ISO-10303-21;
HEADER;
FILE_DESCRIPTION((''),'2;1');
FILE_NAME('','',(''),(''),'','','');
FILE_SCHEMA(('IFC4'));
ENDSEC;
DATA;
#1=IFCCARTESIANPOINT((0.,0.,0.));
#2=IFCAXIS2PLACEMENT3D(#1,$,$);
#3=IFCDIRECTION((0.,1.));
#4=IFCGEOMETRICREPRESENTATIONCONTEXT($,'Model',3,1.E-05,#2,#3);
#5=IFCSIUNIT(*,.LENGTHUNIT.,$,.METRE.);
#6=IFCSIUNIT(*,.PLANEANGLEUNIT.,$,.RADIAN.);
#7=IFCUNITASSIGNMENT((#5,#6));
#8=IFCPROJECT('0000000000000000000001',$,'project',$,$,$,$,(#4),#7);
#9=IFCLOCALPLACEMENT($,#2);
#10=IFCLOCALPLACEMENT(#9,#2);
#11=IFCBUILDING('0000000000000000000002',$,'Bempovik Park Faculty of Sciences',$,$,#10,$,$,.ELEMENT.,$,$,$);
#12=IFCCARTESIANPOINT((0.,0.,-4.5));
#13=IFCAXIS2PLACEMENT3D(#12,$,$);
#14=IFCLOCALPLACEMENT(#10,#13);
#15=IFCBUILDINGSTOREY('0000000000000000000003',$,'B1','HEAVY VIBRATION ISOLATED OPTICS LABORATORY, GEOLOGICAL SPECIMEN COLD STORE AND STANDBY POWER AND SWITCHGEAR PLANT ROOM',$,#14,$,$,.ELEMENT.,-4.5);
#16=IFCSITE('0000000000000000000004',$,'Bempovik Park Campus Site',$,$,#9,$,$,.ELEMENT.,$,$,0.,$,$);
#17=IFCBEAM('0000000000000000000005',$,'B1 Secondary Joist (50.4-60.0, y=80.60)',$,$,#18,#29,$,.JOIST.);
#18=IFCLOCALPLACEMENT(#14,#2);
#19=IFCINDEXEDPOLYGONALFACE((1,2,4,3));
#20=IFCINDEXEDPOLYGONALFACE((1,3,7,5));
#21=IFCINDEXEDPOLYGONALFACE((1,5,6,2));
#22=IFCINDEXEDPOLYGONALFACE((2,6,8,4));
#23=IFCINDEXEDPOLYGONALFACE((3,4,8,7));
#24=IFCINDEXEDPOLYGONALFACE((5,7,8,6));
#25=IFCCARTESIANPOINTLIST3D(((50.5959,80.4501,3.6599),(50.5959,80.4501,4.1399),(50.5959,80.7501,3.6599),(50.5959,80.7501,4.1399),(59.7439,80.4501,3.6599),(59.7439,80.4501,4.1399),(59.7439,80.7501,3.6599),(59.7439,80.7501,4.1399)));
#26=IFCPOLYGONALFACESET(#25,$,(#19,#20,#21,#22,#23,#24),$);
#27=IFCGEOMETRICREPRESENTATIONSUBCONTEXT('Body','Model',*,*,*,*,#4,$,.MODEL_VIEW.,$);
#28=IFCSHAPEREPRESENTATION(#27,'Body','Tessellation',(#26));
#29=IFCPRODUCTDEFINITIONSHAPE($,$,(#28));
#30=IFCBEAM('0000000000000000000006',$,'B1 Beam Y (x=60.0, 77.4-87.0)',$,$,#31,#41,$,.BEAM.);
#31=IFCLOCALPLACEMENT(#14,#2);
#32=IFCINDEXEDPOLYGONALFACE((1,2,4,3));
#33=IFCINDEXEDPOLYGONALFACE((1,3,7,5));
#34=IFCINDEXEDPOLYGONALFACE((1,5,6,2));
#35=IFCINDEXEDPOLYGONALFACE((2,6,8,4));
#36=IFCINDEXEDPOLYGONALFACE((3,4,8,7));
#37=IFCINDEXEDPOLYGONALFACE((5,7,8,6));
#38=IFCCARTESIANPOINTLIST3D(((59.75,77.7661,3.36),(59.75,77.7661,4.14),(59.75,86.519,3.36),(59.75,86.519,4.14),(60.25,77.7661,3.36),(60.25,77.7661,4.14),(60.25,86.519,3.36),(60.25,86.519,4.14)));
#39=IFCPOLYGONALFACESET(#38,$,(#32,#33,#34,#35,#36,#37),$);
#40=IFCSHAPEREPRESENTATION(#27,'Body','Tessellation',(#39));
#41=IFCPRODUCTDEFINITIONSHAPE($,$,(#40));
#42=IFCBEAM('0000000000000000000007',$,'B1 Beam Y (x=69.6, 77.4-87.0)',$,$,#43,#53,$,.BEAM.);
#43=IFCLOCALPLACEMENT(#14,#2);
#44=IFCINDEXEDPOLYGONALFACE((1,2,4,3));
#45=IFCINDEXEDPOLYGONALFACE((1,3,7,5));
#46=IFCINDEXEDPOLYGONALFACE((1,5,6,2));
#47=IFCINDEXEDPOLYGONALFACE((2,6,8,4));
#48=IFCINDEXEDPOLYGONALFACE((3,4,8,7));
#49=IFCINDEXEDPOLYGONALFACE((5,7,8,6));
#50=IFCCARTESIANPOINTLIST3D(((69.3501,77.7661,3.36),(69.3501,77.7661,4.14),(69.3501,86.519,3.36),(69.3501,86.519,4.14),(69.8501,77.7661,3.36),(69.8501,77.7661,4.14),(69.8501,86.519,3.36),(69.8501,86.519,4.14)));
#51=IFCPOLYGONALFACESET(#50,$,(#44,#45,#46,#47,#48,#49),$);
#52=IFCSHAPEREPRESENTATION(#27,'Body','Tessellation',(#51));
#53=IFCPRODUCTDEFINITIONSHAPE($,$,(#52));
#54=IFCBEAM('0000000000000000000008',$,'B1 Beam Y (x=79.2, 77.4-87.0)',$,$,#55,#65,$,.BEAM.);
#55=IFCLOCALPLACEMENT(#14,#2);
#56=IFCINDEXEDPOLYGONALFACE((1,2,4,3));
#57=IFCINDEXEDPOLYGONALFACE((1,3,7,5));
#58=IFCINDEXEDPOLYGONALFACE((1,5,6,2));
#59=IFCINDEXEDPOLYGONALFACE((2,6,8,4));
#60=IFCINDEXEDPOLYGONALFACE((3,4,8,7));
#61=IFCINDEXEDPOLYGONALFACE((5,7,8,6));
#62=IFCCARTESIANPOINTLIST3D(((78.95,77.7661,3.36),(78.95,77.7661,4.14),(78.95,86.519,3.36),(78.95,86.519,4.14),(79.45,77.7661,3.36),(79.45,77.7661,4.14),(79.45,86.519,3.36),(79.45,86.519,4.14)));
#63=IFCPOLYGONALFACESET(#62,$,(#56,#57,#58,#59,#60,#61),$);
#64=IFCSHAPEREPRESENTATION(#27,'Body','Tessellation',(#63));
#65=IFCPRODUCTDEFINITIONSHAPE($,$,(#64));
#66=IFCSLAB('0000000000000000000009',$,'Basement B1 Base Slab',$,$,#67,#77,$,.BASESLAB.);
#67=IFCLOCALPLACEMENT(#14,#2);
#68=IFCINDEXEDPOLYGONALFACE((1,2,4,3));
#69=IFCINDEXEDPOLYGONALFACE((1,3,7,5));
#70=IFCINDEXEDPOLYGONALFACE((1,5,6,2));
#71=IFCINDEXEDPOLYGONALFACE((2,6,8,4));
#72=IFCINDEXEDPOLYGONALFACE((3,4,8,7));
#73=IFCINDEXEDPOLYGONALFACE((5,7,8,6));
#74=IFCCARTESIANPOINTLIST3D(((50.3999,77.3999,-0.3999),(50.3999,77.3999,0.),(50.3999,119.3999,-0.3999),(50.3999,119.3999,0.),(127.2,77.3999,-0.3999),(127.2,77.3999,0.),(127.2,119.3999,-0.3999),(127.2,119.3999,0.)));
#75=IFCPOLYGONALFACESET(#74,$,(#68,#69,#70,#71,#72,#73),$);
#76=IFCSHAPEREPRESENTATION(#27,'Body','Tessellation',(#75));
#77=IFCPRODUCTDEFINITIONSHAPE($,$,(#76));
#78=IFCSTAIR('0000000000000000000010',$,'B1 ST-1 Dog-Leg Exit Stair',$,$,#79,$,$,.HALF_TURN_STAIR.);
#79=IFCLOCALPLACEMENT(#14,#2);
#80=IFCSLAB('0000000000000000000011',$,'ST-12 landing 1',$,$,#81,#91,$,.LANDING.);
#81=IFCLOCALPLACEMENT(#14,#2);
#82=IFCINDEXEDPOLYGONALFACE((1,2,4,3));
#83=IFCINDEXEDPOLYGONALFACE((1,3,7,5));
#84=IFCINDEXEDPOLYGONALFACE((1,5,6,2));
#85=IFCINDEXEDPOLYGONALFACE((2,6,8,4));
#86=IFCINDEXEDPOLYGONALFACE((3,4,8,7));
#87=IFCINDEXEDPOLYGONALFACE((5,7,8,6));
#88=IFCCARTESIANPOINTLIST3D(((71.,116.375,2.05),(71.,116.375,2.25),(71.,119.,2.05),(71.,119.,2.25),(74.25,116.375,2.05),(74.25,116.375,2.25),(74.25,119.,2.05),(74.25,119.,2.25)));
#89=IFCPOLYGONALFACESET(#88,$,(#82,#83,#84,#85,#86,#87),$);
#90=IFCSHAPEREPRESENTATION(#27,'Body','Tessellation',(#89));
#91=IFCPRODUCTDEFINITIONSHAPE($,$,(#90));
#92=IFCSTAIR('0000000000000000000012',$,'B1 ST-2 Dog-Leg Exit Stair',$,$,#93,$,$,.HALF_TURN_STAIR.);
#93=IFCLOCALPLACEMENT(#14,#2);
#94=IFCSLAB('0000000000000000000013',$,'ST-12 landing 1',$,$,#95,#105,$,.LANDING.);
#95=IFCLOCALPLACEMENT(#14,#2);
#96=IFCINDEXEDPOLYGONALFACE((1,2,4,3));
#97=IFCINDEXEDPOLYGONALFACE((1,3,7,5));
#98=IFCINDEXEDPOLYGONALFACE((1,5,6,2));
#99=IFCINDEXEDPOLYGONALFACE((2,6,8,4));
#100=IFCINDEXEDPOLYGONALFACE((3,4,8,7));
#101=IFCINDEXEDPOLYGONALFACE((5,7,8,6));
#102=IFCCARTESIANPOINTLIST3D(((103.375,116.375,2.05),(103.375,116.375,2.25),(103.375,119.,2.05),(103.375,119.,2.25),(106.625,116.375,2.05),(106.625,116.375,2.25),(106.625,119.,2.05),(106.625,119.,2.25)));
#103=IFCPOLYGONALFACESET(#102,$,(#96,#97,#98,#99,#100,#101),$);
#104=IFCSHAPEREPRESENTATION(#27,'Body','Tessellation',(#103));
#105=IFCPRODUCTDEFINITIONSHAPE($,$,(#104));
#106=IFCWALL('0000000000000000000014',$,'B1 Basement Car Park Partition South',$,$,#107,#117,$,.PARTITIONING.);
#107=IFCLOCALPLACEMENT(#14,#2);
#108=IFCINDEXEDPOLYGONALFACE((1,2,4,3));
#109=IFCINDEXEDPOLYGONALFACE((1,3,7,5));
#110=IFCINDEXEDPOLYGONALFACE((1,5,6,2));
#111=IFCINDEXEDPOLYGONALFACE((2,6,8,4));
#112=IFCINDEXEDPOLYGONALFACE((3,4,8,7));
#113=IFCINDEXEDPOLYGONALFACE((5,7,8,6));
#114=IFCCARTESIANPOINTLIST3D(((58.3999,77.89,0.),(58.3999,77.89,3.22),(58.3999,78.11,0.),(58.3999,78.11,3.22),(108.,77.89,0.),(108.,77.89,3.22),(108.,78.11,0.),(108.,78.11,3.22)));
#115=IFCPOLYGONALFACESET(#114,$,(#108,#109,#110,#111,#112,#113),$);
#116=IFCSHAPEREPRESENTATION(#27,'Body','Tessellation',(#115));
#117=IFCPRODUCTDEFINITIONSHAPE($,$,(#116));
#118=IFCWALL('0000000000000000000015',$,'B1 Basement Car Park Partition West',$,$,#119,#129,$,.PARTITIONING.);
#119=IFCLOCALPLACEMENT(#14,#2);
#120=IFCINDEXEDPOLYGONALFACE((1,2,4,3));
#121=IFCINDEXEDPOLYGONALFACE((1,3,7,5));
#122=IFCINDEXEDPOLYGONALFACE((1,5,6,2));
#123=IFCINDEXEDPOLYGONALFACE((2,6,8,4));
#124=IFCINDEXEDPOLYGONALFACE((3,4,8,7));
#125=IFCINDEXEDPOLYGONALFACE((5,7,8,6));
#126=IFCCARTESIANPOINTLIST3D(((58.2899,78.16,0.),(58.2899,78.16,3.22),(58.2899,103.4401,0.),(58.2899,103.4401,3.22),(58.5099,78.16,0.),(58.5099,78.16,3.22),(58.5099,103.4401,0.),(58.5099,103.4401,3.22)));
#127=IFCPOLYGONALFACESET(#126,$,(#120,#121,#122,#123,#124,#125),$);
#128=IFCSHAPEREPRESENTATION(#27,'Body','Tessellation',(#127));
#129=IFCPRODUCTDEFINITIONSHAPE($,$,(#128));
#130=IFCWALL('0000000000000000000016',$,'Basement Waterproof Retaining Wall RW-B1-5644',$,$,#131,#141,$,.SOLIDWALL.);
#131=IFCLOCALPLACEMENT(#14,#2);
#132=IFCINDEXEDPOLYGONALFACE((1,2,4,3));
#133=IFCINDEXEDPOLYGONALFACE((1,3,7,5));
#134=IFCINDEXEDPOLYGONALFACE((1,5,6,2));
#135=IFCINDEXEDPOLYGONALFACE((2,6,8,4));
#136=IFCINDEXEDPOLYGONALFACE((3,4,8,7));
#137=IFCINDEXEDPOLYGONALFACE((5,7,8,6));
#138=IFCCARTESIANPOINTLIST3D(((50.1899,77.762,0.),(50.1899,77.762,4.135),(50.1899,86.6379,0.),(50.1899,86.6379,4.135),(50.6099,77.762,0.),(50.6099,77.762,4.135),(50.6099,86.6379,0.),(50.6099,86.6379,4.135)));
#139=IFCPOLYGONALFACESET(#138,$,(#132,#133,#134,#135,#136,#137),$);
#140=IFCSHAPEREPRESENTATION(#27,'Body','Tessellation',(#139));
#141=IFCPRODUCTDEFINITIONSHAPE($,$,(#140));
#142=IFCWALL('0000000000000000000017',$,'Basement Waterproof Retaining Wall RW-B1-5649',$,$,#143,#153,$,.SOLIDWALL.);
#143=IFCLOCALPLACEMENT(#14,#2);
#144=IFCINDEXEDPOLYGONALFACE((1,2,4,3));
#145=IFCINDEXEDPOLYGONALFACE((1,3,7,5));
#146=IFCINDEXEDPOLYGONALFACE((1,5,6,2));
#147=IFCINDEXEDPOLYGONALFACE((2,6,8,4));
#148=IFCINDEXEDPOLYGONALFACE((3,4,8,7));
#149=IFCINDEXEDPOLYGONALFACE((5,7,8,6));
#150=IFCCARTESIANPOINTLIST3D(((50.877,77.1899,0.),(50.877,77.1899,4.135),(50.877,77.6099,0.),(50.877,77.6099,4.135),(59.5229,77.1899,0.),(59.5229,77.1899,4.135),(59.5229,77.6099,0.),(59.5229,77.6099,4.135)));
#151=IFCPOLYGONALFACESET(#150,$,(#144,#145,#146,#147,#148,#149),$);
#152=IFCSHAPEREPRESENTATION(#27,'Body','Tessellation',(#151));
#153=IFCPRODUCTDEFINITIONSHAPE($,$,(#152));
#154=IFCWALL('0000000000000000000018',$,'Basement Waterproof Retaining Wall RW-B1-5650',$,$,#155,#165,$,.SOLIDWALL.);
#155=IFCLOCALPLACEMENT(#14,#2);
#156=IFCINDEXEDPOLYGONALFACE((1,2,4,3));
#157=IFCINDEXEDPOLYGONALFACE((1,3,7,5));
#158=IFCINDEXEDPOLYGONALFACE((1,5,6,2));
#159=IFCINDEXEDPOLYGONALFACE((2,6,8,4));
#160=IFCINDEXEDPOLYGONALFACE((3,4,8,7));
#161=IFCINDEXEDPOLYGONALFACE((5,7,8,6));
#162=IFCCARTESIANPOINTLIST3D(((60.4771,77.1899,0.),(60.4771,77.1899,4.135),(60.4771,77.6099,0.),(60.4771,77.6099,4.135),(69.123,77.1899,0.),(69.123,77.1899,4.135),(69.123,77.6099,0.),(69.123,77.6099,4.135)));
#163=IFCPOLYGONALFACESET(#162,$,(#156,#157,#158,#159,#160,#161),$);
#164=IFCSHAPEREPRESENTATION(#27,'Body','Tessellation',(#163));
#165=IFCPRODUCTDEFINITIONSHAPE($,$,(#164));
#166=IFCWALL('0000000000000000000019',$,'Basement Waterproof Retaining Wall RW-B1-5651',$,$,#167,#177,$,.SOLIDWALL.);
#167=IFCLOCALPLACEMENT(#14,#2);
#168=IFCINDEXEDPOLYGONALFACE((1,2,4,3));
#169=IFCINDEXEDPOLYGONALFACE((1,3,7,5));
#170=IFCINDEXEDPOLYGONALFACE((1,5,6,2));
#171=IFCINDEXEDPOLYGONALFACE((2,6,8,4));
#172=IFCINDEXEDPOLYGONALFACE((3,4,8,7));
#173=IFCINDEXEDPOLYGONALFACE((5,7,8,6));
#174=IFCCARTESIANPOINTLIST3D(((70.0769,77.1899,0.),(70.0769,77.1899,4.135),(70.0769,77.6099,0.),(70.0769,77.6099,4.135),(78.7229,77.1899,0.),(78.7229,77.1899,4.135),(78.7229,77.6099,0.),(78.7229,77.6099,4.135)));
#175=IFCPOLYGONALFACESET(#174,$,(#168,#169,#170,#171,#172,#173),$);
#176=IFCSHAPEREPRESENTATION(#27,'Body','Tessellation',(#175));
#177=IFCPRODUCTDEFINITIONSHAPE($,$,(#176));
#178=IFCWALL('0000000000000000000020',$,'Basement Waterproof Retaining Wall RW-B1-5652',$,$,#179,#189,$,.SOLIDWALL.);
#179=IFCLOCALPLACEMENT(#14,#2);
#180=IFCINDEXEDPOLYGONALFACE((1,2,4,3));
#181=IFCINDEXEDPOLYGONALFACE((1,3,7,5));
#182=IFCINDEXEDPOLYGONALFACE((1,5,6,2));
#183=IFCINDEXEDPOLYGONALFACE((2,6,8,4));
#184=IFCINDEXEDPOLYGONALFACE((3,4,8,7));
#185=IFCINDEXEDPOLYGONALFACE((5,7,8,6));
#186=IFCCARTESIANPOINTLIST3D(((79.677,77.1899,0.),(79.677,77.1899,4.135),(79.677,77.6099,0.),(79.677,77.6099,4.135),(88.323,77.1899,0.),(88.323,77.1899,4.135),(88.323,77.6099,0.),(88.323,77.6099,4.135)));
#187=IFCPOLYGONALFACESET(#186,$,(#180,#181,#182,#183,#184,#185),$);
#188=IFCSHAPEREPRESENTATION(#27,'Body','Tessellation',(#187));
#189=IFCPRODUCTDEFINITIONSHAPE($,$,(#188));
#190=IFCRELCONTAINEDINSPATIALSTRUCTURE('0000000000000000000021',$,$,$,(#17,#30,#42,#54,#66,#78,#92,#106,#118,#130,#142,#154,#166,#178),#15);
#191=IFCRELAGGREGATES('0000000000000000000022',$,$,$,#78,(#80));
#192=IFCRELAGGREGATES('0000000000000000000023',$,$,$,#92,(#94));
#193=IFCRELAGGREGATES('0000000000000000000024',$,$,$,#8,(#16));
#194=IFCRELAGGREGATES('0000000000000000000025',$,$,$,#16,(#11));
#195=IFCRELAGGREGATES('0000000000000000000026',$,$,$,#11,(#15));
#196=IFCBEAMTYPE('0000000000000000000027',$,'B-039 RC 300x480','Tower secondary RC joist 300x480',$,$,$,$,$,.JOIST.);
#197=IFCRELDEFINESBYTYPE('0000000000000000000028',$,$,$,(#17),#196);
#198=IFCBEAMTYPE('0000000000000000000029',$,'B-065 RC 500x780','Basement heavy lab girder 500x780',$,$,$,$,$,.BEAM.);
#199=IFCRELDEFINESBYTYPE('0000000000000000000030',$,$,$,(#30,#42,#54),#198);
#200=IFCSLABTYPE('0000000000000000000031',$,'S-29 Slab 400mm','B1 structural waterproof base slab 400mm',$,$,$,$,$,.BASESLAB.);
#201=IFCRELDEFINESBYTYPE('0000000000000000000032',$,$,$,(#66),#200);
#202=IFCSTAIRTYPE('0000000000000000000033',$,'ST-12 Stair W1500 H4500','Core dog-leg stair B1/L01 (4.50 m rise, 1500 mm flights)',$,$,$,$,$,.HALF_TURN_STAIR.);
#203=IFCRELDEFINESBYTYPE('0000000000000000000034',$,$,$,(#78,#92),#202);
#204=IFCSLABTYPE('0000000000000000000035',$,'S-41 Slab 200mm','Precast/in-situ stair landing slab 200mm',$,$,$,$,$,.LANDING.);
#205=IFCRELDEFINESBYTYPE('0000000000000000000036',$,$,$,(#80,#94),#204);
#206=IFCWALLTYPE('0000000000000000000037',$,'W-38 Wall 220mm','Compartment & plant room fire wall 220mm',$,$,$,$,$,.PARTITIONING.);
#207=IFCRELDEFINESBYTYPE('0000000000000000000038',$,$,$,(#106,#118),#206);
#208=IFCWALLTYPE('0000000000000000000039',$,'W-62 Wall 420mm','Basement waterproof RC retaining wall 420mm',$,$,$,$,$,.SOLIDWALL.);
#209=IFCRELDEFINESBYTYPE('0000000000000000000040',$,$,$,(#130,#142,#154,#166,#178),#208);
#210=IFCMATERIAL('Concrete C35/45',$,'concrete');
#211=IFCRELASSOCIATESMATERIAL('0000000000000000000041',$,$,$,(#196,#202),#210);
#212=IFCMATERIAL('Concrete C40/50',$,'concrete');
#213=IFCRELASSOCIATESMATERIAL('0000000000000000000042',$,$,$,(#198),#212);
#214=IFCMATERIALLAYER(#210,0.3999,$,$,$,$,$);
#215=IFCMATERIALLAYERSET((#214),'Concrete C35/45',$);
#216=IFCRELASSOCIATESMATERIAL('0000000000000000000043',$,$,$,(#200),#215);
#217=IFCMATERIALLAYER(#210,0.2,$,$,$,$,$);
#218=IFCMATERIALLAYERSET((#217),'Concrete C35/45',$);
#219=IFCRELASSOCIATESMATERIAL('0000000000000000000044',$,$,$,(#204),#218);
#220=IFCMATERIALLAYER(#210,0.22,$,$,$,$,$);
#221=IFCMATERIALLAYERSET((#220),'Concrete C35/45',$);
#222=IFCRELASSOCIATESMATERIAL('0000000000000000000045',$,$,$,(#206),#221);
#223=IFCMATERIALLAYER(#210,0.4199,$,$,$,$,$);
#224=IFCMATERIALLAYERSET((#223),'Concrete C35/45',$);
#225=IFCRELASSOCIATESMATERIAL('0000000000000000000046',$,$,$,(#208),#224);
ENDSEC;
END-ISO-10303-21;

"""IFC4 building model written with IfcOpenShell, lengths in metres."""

from ifc_helpers import new_model, si_unit, direction, frame, frame_2d, origin, origin_2d, place, context, subcontext, project, spatial, polyline, rectangle, outline, extrude, material, layer, layer_set, material_profile, profile_set, type_object, element, aggregate, save


model = new_model("IFC4")

# Units and contexts
model_context = context("Model", 3, precision=1e-05, world=origin(), true_north=direction((0.0, 1.0)))
body_context = subcontext(model_context, "Body", "Model", "MODEL_VIEW")
ifc_project = project(units=[si_unit("LENGTHUNIT", "METRE"), si_unit("PLANEANGLEUNIT", "RADIAN")], contexts=[model_context])

# Site, building, storey
site_placement = place(None, origin())
site = spatial("IfcSite", under=ifc_project, at=site_placement, Name="Bempovik Park Campus Site", CompositionType="ELEMENT", RefElevation=0.0)
building_placement = place(site_placement, origin())
building = spatial("IfcBuilding", under=site, at=building_placement, Name="Bempovik Park Faculty of Sciences", CompositionType="ELEMENT")
storey_placement = place(building_placement, frame((0.0, 0.0, -4.5)))
storey = spatial("IfcBuildingStorey", under=building, at=storey_placement, Name="B1", Description="HEAVY VIBRATION ISOLATED OPTICS LABORATORY, GEOLOGICAL SPECIMEN COLD STORE AND STANDBY POWER AND SWITCHGEAR PLANT ROOM", CompositionType="ELEMENT", Elevation=-4.5)

# Shared definitions
ifc_material_1 = material(Name="Concrete C35/45", Category="concrete")

# Shared definitions
ifc_material_2 = material(Name="Concrete C40/50", Category="concrete")

# Beams
ifc_material_profile_1 = material_profile(ifc_material_1, rectangle(XDim=0.3, YDim=0.48, at=origin_2d()), Name="RC 300x480")
ifc_profile_set_1 = profile_set([ifc_material_profile_1], Name="Concrete C35/45")
beam_type_1 = type_object("IfcBeamType", Name="B-039 RC 300x480", Description="Tower secondary RC joist 300x480", PredefinedType="JOIST", material=ifc_profile_set_1)
beam_1_placement = place(storey_placement, frame((50.5959, 80.6001, 3.8999), z_axis=(1.0, 0.0, 0.0), x_axis=(0.0, 1.0, 0.0)))
element("IfcBeam", 1, at=beam_1_placement, inside=storey, type_object=beam_type_1, Name="B1 Secondary Joist (50.4-60.0, y=80.60)", PredefinedType="JOIST", context=body_context, shape_type="SweptSolid", body=[
    extrude(rectangle(XDim=0.3, YDim=0.48, at=origin_2d()), origin(), (0.0, 0.0, 1.0), 9.1479),
])
ifc_material_profile_2 = material_profile(ifc_material_2, rectangle(XDim=0.5, YDim=0.78, at=origin_2d()), Name="RC 500x780")
ifc_profile_set_2 = profile_set([ifc_material_profile_2], Name="Concrete C40/50")
beam_type_2 = type_object("IfcBeamType", Name="B-065 RC 500x780", Description="Basement heavy lab girder 500x780", PredefinedType="BEAM", material=ifc_profile_set_2)
for number, where, z_axis, x_axis, name in (
    (2, (60.0, 77.7661, 3.75), (0.0, 1.0, 0.0), (-1.0, 0.0, 0.0), "B1 Beam Y (x=60.0, 77.4-87.0)"),
    (3, (69.6001, 77.7661, 3.75), (0.0, 1.0, 0.0), (-1.0, 0.0, 0.0), "B1 Beam Y (x=69.6, 77.4-87.0)"),
    (4, (79.2, 77.7661, 3.75), (0.0, 1.0, 0.0), (-1.0, 0.0, 0.0), "B1 Beam Y (x=79.2, 77.4-87.0)"),
):
    element("IfcBeam", number, at=place(storey_placement, frame(where, z_axis=z_axis, x_axis=x_axis)), inside=storey, type_object=beam_type_2, Name=name, PredefinedType="BEAM", context=body_context, shape_type="SweptSolid", body=[
        extrude(rectangle(XDim=0.5, YDim=0.78, at=origin_2d()), origin(), (0.0, 0.0, 1.0), 8.7529),
    ])

# Slab
ifc_layer_1 = layer(ifc_material_1, 0.3999)
ifc_layer_set_1 = layer_set([ifc_layer_1], Name="Concrete C35/45")
slab_type_1 = type_object("IfcSlabType", Name="S-29 Slab 400mm", Description="B1 structural waterproof base slab 400mm", PredefinedType="BASESLAB", material=ifc_layer_set_1)
slab_1_placement = place(storey_placement, frame((0.0, 0.0, -0.3999)))
element("IfcSlab", 5, at=slab_1_placement, inside=storey, type_object=slab_type_1, Name="Basement B1 Base Slab", PredefinedType="BASESLAB", context=body_context, shape_type="SweptSolid", body=[
    extrude(outline(polyline([(50.3999, 77.3999), (127.2, 77.3999), (127.2, 119.3999), (50.3999, 119.3999), (50.3999, 77.3999)])), origin(), (0.0, 0.0, 1.0), 0.3999),
])

# Stairs, slabs
stair_type = type_object("IfcStairType", Name="ST-12 Stair W1500 H4500", Description="Core dog-leg stair B1/L01 (4.50 m rise, 1500 mm flights)", PredefinedType="HALF_TURN_STAIR", material=ifc_material_1)
stair_1_placement = place(storey_placement, origin())
stair_1 = element("IfcStair", 6, at=stair_1_placement, inside=storey, type_object=stair_type, Name="B1 ST-1 Dog-Leg Exit Stair", PredefinedType="HALF_TURN_STAIR")
ifc_layer_2 = layer(ifc_material_1, 0.2)
ifc_layer_set_2 = layer_set([ifc_layer_2], Name="Concrete C35/45")
slab_type_2 = type_object("IfcSlabType", Name="S-41 Slab 200mm", Description="Precast/in-situ stair landing slab 200mm", PredefinedType="LANDING", material=ifc_layer_set_2)
slab_2_placement = place(storey_placement, frame((0.0, 0.0, 2.05)))
slab_2 = element("IfcSlab", 7, at=slab_2_placement, type_object=slab_type_2, Name="ST-12 landing 1", PredefinedType="LANDING", context=body_context, shape_type="SweptSolid", body=[
    extrude(outline(polyline([(74.25, 116.375), (74.25, 119.0), (71.0, 119.0), (71.0, 116.375), (74.25, 116.375)])), origin(), (0.0, 0.0, 1.0), 0.2),
])
aggregate(stair_1, [slab_2])
stair_2_placement = place(storey_placement, origin())
stair_2 = element("IfcStair", 8, at=stair_2_placement, inside=storey, type_object=stair_type, Name="B1 ST-2 Dog-Leg Exit Stair", PredefinedType="HALF_TURN_STAIR")
slab_3_placement = place(storey_placement, frame((0.0, 0.0, 2.05)))
slab_3 = element("IfcSlab", 9, at=slab_3_placement, type_object=slab_type_2, Name="ST-12 landing 1", PredefinedType="LANDING", context=body_context, shape_type="SweptSolid", body=[
    extrude(outline(polyline([(106.625, 116.375), (106.625, 119.0), (103.375, 119.0), (103.375, 116.375), (106.625, 116.375)])), origin(), (0.0, 0.0, 1.0), 0.2),
])
aggregate(stair_2, [slab_3])

# Walls
ifc_layer_3 = layer(ifc_material_1, 0.22)
ifc_layer_set_3 = layer_set([ifc_layer_3], Name="Concrete C35/45")
wall_type_1 = type_object("IfcWallType", Name="W-38 Wall 220mm", Description="Compartment & plant room fire wall 220mm", PredefinedType="PARTITIONING", material=ifc_layer_set_3)
wall_1_placement = place(storey_placement, frame((58.3999, 78.0, 0.0), z_axis=(0.0, 0.0, 1.0), x_axis=(1.0, 0.0, 0.0)))
element("IfcWall", 10, at=wall_1_placement, inside=storey, type_object=wall_type_1, Name="B1 Basement Car Park Partition South", PredefinedType="PARTITIONING", context=body_context, shape_type="SweptSolid", body=[
    extrude(rectangle(XDim=49.6001, YDim=0.22, at=frame_2d((24.8, 0.0))), origin(), (0.0, 0.0, 1.0), 3.22),
])
wall_2_placement = place(storey_placement, frame((58.3999, 78.1599, 0.0), z_axis=(0.0, 0.0, 1.0), x_axis=(0.0, 1.0, 0.0)))
element("IfcWall", 11, at=wall_2_placement, inside=storey, type_object=wall_type_1, Name="B1 Basement Car Park Partition West", PredefinedType="PARTITIONING", context=body_context, shape_type="SweptSolid", body=[
    extrude(rectangle(XDim=25.28, YDim=0.22, at=frame_2d((12.6401, 0.0))), origin(), (0.0, 0.0, 1.0), 3.22),
])
ifc_layer_4 = layer(ifc_material_1, 0.4199)
ifc_layer_set_4 = layer_set([ifc_layer_4], Name="Concrete C35/45")
wall_type_2 = type_object("IfcWallType", Name="W-62 Wall 420mm", Description="Basement waterproof RC retaining wall 420mm", PredefinedType="SOLIDWALL", material=ifc_layer_set_4)
wall_3_placement = place(storey_placement, frame((50.3999, 77.762, 0.0), z_axis=(0.0, 0.0, 1.0), x_axis=(0.0, 1.0, 0.0)))
element("IfcWall", 12, at=wall_3_placement, inside=storey, type_object=wall_type_2, Name="Basement Waterproof Retaining Wall RW-B1-5644", PredefinedType="SOLIDWALL", context=body_context, shape_type="SweptSolid", body=[
    extrude(rectangle(XDim=8.876, YDim=0.4199, at=frame_2d((4.438, 0.0))), origin(), (0.0, 0.0, 1.0), 4.135),
])
for number, where, z_axis, x_axis, name in (
    (13, (50.877, 77.3999, 0.0), (0.0, 0.0, 1.0), (1.0, 0.0, 0.0), "Basement Waterproof Retaining Wall RW-B1-5649"),
    (14, (60.4771, 77.3999, 0.0), (0.0, 0.0, 1.0), (1.0, 0.0, 0.0), "Basement Waterproof Retaining Wall RW-B1-5650"),
    (15, (70.0769, 77.3999, 0.0), (0.0, 0.0, 1.0), (1.0, 0.0, 0.0), "Basement Waterproof Retaining Wall RW-B1-5651"),
    (16, (79.677, 77.3999, 0.0), (0.0, 0.0, 1.0), (1.0, 0.0, 0.0), "Basement Waterproof Retaining Wall RW-B1-5652"),
):
    element("IfcWall", number, at=place(storey_placement, frame(where, z_axis=z_axis, x_axis=x_axis)), inside=storey, type_object=wall_type_2, Name=name, PredefinedType="SOLIDWALL", context=body_context, shape_type="SweptSolid", body=[
        extrude(rectangle(XDim=8.646, YDim=0.4199, at=frame_2d((4.323, 0.0))), origin(), (0.0, 0.0, 1.0), 4.135),
    ])

save(model, "model.ifc")
